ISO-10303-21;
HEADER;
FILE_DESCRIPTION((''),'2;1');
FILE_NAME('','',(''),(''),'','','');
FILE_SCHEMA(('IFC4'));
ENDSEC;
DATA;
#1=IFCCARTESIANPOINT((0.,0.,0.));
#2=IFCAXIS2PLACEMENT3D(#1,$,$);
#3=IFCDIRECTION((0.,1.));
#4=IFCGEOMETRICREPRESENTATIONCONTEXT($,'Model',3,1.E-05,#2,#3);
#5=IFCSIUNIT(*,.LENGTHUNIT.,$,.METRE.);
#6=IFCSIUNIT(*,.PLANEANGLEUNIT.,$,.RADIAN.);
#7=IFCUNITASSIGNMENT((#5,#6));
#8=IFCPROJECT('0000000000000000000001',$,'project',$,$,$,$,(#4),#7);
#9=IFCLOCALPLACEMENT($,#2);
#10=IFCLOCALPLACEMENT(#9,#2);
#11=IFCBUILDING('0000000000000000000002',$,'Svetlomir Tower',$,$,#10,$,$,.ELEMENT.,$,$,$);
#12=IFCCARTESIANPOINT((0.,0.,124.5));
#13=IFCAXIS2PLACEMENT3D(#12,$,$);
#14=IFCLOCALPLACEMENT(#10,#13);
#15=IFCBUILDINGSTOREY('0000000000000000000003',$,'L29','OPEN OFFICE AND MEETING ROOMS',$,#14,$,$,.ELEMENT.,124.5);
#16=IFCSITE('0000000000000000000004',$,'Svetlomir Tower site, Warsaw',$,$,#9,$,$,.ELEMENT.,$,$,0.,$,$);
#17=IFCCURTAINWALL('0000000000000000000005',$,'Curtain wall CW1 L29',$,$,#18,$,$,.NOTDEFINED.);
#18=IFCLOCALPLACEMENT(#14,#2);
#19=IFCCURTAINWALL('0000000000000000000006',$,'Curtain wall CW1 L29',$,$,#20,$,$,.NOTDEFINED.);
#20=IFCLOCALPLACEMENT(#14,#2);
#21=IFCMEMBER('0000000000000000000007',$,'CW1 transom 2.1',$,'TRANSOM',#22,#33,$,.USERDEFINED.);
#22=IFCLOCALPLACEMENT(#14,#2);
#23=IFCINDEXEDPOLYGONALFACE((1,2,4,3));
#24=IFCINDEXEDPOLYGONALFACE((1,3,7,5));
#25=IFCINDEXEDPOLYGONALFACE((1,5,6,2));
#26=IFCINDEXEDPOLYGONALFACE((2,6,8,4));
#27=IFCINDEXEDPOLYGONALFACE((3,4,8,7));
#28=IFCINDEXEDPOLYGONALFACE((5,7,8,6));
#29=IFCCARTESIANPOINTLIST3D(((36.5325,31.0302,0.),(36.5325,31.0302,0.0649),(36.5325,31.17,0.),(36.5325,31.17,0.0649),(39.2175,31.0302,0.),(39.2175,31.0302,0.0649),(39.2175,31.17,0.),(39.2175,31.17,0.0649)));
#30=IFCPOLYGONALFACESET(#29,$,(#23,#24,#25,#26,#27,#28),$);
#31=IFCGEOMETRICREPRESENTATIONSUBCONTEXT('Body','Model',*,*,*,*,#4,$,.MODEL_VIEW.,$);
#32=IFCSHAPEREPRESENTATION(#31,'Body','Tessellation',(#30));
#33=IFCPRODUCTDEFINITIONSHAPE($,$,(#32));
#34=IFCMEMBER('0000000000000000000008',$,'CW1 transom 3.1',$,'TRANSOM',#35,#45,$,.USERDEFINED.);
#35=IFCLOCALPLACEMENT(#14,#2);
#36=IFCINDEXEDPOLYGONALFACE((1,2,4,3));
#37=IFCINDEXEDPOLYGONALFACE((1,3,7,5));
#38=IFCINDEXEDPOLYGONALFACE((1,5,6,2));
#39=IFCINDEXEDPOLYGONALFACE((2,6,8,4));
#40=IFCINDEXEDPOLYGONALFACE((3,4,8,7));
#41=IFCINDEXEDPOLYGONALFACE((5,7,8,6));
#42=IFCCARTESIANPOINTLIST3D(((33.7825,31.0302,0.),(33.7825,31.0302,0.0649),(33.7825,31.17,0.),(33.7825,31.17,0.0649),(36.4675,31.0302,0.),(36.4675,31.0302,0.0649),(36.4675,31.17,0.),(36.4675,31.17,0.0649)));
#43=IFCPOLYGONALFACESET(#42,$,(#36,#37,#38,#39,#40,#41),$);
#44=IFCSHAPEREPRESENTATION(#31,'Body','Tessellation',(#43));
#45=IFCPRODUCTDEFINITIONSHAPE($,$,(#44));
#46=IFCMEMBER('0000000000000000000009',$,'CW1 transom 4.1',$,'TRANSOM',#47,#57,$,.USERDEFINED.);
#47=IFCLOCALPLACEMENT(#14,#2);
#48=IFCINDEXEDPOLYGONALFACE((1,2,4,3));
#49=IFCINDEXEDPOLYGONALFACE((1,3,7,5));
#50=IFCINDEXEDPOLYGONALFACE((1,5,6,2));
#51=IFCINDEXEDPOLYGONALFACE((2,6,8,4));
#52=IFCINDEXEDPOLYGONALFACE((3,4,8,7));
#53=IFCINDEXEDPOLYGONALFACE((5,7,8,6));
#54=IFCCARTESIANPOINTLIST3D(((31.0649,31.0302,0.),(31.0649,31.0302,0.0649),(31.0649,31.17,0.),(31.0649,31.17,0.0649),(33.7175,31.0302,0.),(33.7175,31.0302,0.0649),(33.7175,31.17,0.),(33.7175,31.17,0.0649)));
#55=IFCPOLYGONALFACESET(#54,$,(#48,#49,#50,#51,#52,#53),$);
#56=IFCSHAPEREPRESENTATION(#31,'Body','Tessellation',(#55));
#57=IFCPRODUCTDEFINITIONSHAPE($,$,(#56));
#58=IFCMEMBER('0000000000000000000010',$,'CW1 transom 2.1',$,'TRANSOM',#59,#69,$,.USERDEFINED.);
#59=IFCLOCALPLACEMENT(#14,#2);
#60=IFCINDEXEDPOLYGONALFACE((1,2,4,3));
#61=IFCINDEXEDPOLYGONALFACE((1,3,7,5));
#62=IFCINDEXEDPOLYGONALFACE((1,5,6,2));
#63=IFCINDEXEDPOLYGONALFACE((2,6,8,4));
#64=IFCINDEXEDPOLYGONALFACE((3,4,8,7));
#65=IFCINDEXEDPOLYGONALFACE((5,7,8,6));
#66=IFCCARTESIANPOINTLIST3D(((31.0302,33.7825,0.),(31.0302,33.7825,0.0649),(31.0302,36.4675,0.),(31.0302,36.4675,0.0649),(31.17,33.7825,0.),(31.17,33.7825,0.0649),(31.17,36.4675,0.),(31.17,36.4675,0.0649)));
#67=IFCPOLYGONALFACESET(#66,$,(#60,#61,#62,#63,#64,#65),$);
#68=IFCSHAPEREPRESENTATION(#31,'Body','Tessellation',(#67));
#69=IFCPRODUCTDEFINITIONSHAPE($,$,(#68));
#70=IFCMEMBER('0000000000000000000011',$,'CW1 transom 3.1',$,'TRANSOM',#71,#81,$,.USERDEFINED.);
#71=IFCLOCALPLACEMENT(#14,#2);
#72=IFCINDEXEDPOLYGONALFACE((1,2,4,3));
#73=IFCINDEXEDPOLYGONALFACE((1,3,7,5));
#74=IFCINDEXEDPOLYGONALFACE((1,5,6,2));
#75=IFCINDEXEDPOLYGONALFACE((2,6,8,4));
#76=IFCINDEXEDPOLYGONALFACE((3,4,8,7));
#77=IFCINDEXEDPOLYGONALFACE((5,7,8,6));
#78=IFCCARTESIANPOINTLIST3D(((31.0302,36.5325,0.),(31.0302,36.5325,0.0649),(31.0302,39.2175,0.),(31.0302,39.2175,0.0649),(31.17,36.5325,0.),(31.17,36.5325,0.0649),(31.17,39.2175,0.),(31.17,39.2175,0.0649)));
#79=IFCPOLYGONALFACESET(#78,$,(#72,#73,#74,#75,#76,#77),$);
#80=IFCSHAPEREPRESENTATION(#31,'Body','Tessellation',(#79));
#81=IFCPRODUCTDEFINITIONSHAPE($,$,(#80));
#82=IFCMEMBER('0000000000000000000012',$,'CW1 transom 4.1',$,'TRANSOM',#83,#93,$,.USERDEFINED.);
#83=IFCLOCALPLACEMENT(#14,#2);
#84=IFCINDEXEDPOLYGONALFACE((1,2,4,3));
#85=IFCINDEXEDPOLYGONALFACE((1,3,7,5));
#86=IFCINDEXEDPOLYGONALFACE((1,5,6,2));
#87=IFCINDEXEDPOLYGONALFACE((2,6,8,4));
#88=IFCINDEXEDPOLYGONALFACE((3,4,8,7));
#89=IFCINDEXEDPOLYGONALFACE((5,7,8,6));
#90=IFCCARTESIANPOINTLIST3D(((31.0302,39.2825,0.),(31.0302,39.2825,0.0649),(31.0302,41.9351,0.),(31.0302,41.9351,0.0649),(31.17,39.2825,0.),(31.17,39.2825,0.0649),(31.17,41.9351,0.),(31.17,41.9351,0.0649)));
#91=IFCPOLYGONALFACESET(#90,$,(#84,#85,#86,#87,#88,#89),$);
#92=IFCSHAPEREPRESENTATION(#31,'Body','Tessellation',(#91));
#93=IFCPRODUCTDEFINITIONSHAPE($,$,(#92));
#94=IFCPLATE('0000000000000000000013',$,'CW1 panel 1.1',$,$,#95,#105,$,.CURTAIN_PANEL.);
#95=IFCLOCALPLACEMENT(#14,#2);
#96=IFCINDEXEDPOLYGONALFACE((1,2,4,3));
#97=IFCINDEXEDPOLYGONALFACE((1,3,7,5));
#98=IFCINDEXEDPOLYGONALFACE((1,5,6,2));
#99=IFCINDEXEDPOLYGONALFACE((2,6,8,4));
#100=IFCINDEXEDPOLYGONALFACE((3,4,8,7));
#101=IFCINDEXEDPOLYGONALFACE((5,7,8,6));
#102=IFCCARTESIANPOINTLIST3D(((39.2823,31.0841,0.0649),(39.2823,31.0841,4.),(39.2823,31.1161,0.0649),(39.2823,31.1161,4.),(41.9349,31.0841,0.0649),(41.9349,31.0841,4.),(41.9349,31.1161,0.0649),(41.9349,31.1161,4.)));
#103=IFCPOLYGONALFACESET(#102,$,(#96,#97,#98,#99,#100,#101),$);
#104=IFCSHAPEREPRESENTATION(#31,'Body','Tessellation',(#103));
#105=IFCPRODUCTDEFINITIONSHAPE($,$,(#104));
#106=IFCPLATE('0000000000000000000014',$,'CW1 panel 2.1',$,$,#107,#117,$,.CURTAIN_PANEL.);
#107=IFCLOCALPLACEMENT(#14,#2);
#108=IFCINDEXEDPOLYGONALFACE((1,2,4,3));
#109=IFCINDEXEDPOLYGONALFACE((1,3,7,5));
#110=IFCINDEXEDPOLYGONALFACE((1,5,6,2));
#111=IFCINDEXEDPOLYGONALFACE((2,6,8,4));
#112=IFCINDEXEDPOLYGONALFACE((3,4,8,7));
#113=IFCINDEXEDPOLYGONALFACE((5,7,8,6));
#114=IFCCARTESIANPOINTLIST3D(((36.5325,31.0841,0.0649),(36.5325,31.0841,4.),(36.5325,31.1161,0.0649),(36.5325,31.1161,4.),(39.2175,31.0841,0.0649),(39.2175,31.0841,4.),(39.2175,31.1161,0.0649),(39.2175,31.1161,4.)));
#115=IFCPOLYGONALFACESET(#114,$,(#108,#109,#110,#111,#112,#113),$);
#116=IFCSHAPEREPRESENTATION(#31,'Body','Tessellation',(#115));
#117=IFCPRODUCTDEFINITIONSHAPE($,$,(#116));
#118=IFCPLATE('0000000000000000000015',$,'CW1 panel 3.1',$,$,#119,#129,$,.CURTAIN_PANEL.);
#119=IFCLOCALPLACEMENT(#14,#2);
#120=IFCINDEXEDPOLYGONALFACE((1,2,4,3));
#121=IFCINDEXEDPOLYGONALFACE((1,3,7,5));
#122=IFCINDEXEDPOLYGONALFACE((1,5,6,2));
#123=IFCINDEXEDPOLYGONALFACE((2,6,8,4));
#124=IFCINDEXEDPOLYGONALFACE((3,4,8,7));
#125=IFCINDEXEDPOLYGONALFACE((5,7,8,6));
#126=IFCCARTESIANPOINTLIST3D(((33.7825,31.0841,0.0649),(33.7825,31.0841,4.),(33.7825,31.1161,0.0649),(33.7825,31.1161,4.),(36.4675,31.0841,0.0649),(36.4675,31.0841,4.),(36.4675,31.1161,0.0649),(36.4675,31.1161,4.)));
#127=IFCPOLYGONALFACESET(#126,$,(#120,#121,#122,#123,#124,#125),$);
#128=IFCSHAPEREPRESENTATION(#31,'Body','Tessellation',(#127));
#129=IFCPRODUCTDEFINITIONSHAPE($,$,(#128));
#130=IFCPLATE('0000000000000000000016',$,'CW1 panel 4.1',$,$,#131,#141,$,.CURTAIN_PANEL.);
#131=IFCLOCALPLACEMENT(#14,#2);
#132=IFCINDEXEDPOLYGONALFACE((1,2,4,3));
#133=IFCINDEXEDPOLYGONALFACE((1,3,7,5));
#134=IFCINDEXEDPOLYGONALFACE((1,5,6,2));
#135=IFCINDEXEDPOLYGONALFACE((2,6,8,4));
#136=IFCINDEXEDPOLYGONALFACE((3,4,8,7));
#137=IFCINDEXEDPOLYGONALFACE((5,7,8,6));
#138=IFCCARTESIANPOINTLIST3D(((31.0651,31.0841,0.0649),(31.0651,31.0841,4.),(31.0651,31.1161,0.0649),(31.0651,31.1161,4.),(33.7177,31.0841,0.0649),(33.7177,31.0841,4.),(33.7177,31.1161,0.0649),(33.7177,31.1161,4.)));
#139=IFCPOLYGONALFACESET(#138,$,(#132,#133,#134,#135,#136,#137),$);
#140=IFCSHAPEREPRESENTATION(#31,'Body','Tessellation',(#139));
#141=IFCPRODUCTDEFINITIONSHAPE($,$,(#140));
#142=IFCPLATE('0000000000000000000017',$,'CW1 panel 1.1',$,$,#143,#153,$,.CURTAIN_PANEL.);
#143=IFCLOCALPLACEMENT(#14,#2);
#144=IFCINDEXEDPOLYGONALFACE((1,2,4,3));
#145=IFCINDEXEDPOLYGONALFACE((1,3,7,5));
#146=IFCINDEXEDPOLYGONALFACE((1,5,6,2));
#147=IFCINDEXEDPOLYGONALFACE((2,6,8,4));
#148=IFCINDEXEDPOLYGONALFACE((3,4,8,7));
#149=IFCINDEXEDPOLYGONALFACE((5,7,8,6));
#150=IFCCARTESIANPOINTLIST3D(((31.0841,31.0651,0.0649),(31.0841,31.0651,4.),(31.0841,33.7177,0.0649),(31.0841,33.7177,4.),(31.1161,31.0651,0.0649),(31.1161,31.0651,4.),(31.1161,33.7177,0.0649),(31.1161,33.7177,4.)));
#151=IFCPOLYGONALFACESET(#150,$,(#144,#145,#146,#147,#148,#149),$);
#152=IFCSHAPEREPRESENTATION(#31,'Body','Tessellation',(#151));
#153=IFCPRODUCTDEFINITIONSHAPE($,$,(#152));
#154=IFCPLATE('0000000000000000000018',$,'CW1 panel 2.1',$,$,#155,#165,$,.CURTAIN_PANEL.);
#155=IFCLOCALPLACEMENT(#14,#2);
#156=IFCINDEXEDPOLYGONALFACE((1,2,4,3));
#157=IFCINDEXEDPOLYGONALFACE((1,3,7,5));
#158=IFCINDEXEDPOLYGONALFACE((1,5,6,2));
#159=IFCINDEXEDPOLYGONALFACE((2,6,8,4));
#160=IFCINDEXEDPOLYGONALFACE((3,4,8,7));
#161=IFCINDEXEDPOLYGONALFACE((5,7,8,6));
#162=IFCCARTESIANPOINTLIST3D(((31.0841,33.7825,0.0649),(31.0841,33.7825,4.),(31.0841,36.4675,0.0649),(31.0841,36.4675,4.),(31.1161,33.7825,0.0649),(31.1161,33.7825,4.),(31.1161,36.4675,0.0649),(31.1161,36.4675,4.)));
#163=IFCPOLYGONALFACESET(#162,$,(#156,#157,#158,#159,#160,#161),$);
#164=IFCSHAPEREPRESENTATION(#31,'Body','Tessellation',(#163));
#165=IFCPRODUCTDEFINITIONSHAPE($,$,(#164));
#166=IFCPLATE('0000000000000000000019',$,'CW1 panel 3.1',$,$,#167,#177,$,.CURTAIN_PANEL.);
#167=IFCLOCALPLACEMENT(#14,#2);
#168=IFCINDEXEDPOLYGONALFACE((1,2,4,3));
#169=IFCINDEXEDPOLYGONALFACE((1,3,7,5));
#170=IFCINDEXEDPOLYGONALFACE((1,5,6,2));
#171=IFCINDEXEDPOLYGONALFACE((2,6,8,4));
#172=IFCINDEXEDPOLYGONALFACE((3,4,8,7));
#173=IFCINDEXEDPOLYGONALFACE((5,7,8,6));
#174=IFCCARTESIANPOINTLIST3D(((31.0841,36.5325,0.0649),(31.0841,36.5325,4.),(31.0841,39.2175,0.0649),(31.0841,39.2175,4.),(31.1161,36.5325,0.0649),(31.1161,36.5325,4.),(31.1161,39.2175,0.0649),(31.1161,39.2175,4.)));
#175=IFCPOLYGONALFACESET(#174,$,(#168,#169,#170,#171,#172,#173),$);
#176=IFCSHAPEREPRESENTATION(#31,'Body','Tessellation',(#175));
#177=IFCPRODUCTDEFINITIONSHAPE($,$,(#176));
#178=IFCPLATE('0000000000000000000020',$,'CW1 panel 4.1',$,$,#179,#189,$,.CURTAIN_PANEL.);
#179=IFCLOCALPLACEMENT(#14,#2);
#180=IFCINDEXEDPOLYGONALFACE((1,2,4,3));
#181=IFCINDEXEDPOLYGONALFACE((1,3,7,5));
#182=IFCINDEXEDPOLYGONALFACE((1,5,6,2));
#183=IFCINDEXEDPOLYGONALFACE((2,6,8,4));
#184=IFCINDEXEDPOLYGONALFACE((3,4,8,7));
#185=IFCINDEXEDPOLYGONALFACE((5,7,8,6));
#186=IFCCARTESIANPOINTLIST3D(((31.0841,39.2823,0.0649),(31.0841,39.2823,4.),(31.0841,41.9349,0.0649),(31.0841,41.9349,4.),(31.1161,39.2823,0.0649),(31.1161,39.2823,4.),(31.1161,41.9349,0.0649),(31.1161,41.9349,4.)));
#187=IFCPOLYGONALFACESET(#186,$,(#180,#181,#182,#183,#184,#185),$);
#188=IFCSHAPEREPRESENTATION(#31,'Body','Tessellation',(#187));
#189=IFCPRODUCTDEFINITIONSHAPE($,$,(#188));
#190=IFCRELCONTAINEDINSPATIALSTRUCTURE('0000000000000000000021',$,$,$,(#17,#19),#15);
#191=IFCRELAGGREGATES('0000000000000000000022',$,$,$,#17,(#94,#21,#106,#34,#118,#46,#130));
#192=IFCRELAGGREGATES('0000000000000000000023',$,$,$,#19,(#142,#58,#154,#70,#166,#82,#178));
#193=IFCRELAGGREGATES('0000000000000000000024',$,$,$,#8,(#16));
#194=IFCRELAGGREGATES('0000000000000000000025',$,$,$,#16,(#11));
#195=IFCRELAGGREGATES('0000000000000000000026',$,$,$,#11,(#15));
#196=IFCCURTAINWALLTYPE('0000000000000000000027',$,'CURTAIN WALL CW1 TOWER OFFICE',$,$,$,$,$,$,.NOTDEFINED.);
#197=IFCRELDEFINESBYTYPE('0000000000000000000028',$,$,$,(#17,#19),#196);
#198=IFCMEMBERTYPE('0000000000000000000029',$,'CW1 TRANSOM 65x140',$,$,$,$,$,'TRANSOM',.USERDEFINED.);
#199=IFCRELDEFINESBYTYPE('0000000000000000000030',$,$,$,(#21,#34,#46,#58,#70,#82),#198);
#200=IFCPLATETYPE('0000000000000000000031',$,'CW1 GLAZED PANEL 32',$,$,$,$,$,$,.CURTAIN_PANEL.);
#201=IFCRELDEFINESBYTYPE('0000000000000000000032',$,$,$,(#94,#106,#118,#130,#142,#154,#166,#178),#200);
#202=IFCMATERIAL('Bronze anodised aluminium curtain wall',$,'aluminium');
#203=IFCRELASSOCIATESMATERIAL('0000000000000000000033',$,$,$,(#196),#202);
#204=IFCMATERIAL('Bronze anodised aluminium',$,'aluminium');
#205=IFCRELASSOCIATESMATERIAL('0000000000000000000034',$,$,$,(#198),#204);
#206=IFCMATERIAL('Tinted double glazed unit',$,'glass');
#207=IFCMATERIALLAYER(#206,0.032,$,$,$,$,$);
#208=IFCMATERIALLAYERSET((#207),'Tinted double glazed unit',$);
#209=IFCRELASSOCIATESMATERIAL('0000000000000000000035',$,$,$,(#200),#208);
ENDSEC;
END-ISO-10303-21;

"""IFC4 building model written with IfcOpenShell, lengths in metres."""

from ifc_helpers import new_model, si_unit, direction, frame, origin, origin_2d, place, context, subcontext, project, spatial, rectangle, extrude, material, layer, layer_set, material_profile, profile_set, type_object, element, aggregate, save


model = new_model("IFC4")

# Units and contexts
model_context = context("Model", 3, precision=1e-05, world=origin(), true_north=direction((0.0, 1.0)))
body_context = subcontext(model_context, "Body", "Model", "MODEL_VIEW")
ifc_project = project(units=[si_unit("LENGTHUNIT", "METRE"), si_unit("PLANEANGLEUNIT", "RADIAN")], contexts=[model_context])

# Site, building, storey
site_placement = place(None, origin())
site = spatial("IfcSite", under=ifc_project, at=site_placement, Name="Svetlomir Tower site, Warsaw", CompositionType="ELEMENT", RefElevation=0.0)
building_placement = place(site_placement, origin())
building = spatial("IfcBuilding", under=site, at=building_placement, Name="Svetlomir Tower", CompositionType="ELEMENT")
storey_placement = place(building_placement, frame((0.0, 0.0, 124.5)))
storey = spatial("IfcBuildingStorey", under=building, at=storey_placement, Name="L29", Description="OPEN OFFICE AND MEETING ROOMS", CompositionType="ELEMENT", Elevation=124.5)

# Curtain walls
ifc_material_1 = material(Name="Bronze anodised aluminium curtain wall", Category="aluminium")
curtain_wall_type = type_object("IfcCurtainWallType", Name="CURTAIN WALL CW1 TOWER OFFICE", PredefinedType="NOTDEFINED", material=ifc_material_1)
curtain_wall_1_placement = place(storey_placement, origin())
curtain_wall_1 = element("IfcCurtainWall", 1, at=curtain_wall_1_placement, inside=storey, type_object=curtain_wall_type, Name="Curtain wall CW1 L29", PredefinedType="NOTDEFINED")
curtain_wall_2_placement = place(storey_placement, origin())
curtain_wall_2 = element("IfcCurtainWall", 2, at=curtain_wall_2_placement, inside=storey, type_object=curtain_wall_type, Name="Curtain wall CW1 L29", PredefinedType="NOTDEFINED")

# Members
ifc_material_2 = material(Name="Bronze anodised aluminium", Category="aluminium")
ifc_material_profile_1 = material_profile(ifc_material_2, rectangle(XDim=0.1399, YDim=0.0649, at=origin_2d()), Name="AL 140x65")
ifc_profile_set_1 = profile_set([ifc_material_profile_1], Name="Bronze anodised aluminium 6063-T6")
member_type_1 = type_object("IfcMemberType", Name="CW1 TRANSOM 65x140", ElementType="TRANSOM", PredefinedType="USERDEFINED", material=ifc_profile_set_1)
member_1_placement = place(storey_placement, frame((39.2175, 31.1001, 0.0325), z_axis=(-1.0, 0.0, 0.0), x_axis=(0.0, -1.0, 0.0)))
member_1 = element("IfcMember", 3, at=member_1_placement, type_object=member_type_1, Name="CW1 transom 2.1", ObjectType="TRANSOM", PredefinedType="USERDEFINED", context=body_context, shape_type="SweptSolid", body=[
    extrude(rectangle(XDim=0.1399, YDim=0.0649, at=origin_2d()), origin(), (0.0, 0.0, 1.0), 2.6851),
])
member_2_placement = place(storey_placement, frame((36.4675, 31.1001, 0.0325), z_axis=(-1.0, 0.0, 0.0), x_axis=(0.0, -1.0, 0.0)))
member_2 = element("IfcMember", 4, at=member_2_placement, type_object=member_type_1, Name="CW1 transom 3.1", ObjectType="TRANSOM", PredefinedType="USERDEFINED", context=body_context, shape_type="SweptSolid", body=[
    extrude(rectangle(XDim=0.1399, YDim=0.0649, at=origin_2d()), origin(), (0.0, 0.0, 1.0), 2.6851),
])
member_3_placement = place(storey_placement, frame((33.7175, 31.1001, 0.0325), z_axis=(-1.0, 0.0, 0.0), x_axis=(0.0, -1.0, 0.0)))
member_3 = element("IfcMember", 5, at=member_3_placement, type_object=member_type_1, Name="CW1 transom 4.1", ObjectType="TRANSOM", PredefinedType="USERDEFINED", context=body_context, shape_type="SweptSolid", body=[
    extrude(rectangle(XDim=0.1399, YDim=0.0649, at=origin_2d()), origin(), (0.0, 0.0, 1.0), 2.6526),
])
member_4_placement = place(storey_placement, frame((31.1001, 33.7825, 0.0325), z_axis=(0.0, 1.0, 0.0), x_axis=(-1.0, 0.0, 0.0)))
member_4 = element("IfcMember", 6, at=member_4_placement, type_object=member_type_1, Name="CW1 transom 2.1", ObjectType="TRANSOM", PredefinedType="USERDEFINED", context=body_context, shape_type="SweptSolid", body=[
    extrude(rectangle(XDim=0.1399, YDim=0.0649, at=origin_2d()), origin(), (0.0, 0.0, 1.0), 2.6851),
])
member_5_placement = place(storey_placement, frame((31.1001, 36.5325, 0.0325), z_axis=(0.0, 1.0, 0.0), x_axis=(-1.0, 0.0, 0.0)))
member_5 = element("IfcMember", 7, at=member_5_placement, type_object=member_type_1, Name="CW1 transom 3.1", ObjectType="TRANSOM", PredefinedType="USERDEFINED", context=body_context, shape_type="SweptSolid", body=[
    extrude(rectangle(XDim=0.1399, YDim=0.0649, at=origin_2d()), origin(), (0.0, 0.0, 1.0), 2.6851),
])
member_6_placement = place(storey_placement, frame((31.1001, 39.2825, 0.0325), z_axis=(0.0, 1.0, 0.0), x_axis=(-1.0, 0.0, 0.0)))
member_6 = element("IfcMember", 8, at=member_6_placement, type_object=member_type_1, Name="CW1 transom 4.1", ObjectType="TRANSOM", PredefinedType="USERDEFINED", context=body_context, shape_type="SweptSolid", body=[
    extrude(rectangle(XDim=0.1399, YDim=0.0649, at=origin_2d()), origin(), (0.0, 0.0, 1.0), 2.6526),
])

# Plates
ifc_material_3 = material(Name="Tinted double glazed unit", Category="glass")
ifc_layer = layer(ifc_material_3, 0.032)
ifc_layer_set = layer_set([ifc_layer], Name="Tinted double glazed unit")
plate_type = type_object("IfcPlateType", Name="CW1 GLAZED PANEL 32", PredefinedType="CURTAIN_PANEL", material=ifc_layer_set)
plate_1_placement = place(storey_placement, frame((40.6086, 31.1001, 0.0649), z_axis=(0.0, 0.0, 1.0), x_axis=(-1.0, 0.0, 0.0)))
plate_1 = element("IfcPlate", 9, at=plate_1_placement, type_object=plate_type, Name="CW1 panel 1.1", PredefinedType="CURTAIN_PANEL", context=body_context, shape_type="SweptSolid", body=[
    extrude(rectangle(XDim=2.6526, YDim=0.032, at=origin_2d()), origin(), (0.0, 0.0, 1.0), 3.9351),
])
plate_2_placement = place(storey_placement, frame((37.875, 31.1001, 0.0649), z_axis=(0.0, 0.0, 1.0), x_axis=(-1.0, 0.0, 0.0)))
plate_2 = element("IfcPlate", 10, at=plate_2_placement, type_object=plate_type, Name="CW1 panel 2.1", PredefinedType="CURTAIN_PANEL", context=body_context, shape_type="SweptSolid", body=[
    extrude(rectangle(XDim=2.6851, YDim=0.032, at=origin_2d()), origin(), (0.0, 0.0, 1.0), 3.9351),
])
plate_3_placement = place(storey_placement, frame((35.125, 31.1001, 0.0649), z_axis=(0.0, 0.0, 1.0), x_axis=(-1.0, 0.0, 0.0)))
plate_3 = element("IfcPlate", 11, at=plate_3_placement, type_object=plate_type, Name="CW1 panel 3.1", PredefinedType="CURTAIN_PANEL", context=body_context, shape_type="SweptSolid", body=[
    extrude(rectangle(XDim=2.6851, YDim=0.032, at=origin_2d()), origin(), (0.0, 0.0, 1.0), 3.9351),
])
plate_4_placement = place(storey_placement, frame((32.3914, 31.1001, 0.0649), z_axis=(0.0, 0.0, 1.0), x_axis=(-1.0, 0.0, 0.0)))
plate_4 = element("IfcPlate", 12, at=plate_4_placement, type_object=plate_type, Name="CW1 panel 4.1", PredefinedType="CURTAIN_PANEL", context=body_context, shape_type="SweptSolid", body=[
    extrude(rectangle(XDim=2.6526, YDim=0.032, at=origin_2d()), origin(), (0.0, 0.0, 1.0), 3.9351),
])
aggregate(curtain_wall_1, [plate_1, member_1, plate_2, member_2, plate_3, member_3, plate_4])
plate_5_placement = place(storey_placement, frame((31.1001, 32.3914, 0.0649), z_axis=(0.0, 0.0, 1.0), x_axis=(0.0, 1.0, 0.0)))
plate_5 = element("IfcPlate", 13, at=plate_5_placement, type_object=plate_type, Name="CW1 panel 1.1", PredefinedType="CURTAIN_PANEL", context=body_context, shape_type="SweptSolid", body=[
    extrude(rectangle(XDim=2.6526, YDim=0.032, at=origin_2d()), origin(), (0.0, 0.0, 1.0), 3.9351),
])
plate_6_placement = place(storey_placement, frame((31.1001, 35.125, 0.0649), z_axis=(0.0, 0.0, 1.0), x_axis=(0.0, 1.0, 0.0)))
plate_6 = element("IfcPlate", 14, at=plate_6_placement, type_object=plate_type, Name="CW1 panel 2.1", PredefinedType="CURTAIN_PANEL", context=body_context, shape_type="SweptSolid", body=[
    extrude(rectangle(XDim=2.6851, YDim=0.032, at=origin_2d()), origin(), (0.0, 0.0, 1.0), 3.9351),
])
plate_7_placement = place(storey_placement, frame((31.1001, 37.875, 0.0649), z_axis=(0.0, 0.0, 1.0), x_axis=(0.0, 1.0, 0.0)))
plate_7 = element("IfcPlate", 15, at=plate_7_placement, type_object=plate_type, Name="CW1 panel 3.1", PredefinedType="CURTAIN_PANEL", context=body_context, shape_type="SweptSolid", body=[
    extrude(rectangle(XDim=2.6851, YDim=0.032, at=origin_2d()), origin(), (0.0, 0.0, 1.0), 3.9351),
])
plate_8_placement = place(storey_placement, frame((31.1001, 40.6086, 0.0649), z_axis=(0.0, 0.0, 1.0), x_axis=(0.0, 1.0, 0.0)))
plate_8 = element("IfcPlate", 16, at=plate_8_placement, type_object=plate_type, Name="CW1 panel 4.1", PredefinedType="CURTAIN_PANEL", context=body_context, shape_type="SweptSolid", body=[
    extrude(rectangle(XDim=2.6526, YDim=0.032, at=origin_2d()), origin(), (0.0, 0.0, 1.0), 3.9351),
])
aggregate(curtain_wall_2, [plate_5, member_4, plate_6, member_5, plate_7, member_6, plate_8])

save(model, "model.ifc")
